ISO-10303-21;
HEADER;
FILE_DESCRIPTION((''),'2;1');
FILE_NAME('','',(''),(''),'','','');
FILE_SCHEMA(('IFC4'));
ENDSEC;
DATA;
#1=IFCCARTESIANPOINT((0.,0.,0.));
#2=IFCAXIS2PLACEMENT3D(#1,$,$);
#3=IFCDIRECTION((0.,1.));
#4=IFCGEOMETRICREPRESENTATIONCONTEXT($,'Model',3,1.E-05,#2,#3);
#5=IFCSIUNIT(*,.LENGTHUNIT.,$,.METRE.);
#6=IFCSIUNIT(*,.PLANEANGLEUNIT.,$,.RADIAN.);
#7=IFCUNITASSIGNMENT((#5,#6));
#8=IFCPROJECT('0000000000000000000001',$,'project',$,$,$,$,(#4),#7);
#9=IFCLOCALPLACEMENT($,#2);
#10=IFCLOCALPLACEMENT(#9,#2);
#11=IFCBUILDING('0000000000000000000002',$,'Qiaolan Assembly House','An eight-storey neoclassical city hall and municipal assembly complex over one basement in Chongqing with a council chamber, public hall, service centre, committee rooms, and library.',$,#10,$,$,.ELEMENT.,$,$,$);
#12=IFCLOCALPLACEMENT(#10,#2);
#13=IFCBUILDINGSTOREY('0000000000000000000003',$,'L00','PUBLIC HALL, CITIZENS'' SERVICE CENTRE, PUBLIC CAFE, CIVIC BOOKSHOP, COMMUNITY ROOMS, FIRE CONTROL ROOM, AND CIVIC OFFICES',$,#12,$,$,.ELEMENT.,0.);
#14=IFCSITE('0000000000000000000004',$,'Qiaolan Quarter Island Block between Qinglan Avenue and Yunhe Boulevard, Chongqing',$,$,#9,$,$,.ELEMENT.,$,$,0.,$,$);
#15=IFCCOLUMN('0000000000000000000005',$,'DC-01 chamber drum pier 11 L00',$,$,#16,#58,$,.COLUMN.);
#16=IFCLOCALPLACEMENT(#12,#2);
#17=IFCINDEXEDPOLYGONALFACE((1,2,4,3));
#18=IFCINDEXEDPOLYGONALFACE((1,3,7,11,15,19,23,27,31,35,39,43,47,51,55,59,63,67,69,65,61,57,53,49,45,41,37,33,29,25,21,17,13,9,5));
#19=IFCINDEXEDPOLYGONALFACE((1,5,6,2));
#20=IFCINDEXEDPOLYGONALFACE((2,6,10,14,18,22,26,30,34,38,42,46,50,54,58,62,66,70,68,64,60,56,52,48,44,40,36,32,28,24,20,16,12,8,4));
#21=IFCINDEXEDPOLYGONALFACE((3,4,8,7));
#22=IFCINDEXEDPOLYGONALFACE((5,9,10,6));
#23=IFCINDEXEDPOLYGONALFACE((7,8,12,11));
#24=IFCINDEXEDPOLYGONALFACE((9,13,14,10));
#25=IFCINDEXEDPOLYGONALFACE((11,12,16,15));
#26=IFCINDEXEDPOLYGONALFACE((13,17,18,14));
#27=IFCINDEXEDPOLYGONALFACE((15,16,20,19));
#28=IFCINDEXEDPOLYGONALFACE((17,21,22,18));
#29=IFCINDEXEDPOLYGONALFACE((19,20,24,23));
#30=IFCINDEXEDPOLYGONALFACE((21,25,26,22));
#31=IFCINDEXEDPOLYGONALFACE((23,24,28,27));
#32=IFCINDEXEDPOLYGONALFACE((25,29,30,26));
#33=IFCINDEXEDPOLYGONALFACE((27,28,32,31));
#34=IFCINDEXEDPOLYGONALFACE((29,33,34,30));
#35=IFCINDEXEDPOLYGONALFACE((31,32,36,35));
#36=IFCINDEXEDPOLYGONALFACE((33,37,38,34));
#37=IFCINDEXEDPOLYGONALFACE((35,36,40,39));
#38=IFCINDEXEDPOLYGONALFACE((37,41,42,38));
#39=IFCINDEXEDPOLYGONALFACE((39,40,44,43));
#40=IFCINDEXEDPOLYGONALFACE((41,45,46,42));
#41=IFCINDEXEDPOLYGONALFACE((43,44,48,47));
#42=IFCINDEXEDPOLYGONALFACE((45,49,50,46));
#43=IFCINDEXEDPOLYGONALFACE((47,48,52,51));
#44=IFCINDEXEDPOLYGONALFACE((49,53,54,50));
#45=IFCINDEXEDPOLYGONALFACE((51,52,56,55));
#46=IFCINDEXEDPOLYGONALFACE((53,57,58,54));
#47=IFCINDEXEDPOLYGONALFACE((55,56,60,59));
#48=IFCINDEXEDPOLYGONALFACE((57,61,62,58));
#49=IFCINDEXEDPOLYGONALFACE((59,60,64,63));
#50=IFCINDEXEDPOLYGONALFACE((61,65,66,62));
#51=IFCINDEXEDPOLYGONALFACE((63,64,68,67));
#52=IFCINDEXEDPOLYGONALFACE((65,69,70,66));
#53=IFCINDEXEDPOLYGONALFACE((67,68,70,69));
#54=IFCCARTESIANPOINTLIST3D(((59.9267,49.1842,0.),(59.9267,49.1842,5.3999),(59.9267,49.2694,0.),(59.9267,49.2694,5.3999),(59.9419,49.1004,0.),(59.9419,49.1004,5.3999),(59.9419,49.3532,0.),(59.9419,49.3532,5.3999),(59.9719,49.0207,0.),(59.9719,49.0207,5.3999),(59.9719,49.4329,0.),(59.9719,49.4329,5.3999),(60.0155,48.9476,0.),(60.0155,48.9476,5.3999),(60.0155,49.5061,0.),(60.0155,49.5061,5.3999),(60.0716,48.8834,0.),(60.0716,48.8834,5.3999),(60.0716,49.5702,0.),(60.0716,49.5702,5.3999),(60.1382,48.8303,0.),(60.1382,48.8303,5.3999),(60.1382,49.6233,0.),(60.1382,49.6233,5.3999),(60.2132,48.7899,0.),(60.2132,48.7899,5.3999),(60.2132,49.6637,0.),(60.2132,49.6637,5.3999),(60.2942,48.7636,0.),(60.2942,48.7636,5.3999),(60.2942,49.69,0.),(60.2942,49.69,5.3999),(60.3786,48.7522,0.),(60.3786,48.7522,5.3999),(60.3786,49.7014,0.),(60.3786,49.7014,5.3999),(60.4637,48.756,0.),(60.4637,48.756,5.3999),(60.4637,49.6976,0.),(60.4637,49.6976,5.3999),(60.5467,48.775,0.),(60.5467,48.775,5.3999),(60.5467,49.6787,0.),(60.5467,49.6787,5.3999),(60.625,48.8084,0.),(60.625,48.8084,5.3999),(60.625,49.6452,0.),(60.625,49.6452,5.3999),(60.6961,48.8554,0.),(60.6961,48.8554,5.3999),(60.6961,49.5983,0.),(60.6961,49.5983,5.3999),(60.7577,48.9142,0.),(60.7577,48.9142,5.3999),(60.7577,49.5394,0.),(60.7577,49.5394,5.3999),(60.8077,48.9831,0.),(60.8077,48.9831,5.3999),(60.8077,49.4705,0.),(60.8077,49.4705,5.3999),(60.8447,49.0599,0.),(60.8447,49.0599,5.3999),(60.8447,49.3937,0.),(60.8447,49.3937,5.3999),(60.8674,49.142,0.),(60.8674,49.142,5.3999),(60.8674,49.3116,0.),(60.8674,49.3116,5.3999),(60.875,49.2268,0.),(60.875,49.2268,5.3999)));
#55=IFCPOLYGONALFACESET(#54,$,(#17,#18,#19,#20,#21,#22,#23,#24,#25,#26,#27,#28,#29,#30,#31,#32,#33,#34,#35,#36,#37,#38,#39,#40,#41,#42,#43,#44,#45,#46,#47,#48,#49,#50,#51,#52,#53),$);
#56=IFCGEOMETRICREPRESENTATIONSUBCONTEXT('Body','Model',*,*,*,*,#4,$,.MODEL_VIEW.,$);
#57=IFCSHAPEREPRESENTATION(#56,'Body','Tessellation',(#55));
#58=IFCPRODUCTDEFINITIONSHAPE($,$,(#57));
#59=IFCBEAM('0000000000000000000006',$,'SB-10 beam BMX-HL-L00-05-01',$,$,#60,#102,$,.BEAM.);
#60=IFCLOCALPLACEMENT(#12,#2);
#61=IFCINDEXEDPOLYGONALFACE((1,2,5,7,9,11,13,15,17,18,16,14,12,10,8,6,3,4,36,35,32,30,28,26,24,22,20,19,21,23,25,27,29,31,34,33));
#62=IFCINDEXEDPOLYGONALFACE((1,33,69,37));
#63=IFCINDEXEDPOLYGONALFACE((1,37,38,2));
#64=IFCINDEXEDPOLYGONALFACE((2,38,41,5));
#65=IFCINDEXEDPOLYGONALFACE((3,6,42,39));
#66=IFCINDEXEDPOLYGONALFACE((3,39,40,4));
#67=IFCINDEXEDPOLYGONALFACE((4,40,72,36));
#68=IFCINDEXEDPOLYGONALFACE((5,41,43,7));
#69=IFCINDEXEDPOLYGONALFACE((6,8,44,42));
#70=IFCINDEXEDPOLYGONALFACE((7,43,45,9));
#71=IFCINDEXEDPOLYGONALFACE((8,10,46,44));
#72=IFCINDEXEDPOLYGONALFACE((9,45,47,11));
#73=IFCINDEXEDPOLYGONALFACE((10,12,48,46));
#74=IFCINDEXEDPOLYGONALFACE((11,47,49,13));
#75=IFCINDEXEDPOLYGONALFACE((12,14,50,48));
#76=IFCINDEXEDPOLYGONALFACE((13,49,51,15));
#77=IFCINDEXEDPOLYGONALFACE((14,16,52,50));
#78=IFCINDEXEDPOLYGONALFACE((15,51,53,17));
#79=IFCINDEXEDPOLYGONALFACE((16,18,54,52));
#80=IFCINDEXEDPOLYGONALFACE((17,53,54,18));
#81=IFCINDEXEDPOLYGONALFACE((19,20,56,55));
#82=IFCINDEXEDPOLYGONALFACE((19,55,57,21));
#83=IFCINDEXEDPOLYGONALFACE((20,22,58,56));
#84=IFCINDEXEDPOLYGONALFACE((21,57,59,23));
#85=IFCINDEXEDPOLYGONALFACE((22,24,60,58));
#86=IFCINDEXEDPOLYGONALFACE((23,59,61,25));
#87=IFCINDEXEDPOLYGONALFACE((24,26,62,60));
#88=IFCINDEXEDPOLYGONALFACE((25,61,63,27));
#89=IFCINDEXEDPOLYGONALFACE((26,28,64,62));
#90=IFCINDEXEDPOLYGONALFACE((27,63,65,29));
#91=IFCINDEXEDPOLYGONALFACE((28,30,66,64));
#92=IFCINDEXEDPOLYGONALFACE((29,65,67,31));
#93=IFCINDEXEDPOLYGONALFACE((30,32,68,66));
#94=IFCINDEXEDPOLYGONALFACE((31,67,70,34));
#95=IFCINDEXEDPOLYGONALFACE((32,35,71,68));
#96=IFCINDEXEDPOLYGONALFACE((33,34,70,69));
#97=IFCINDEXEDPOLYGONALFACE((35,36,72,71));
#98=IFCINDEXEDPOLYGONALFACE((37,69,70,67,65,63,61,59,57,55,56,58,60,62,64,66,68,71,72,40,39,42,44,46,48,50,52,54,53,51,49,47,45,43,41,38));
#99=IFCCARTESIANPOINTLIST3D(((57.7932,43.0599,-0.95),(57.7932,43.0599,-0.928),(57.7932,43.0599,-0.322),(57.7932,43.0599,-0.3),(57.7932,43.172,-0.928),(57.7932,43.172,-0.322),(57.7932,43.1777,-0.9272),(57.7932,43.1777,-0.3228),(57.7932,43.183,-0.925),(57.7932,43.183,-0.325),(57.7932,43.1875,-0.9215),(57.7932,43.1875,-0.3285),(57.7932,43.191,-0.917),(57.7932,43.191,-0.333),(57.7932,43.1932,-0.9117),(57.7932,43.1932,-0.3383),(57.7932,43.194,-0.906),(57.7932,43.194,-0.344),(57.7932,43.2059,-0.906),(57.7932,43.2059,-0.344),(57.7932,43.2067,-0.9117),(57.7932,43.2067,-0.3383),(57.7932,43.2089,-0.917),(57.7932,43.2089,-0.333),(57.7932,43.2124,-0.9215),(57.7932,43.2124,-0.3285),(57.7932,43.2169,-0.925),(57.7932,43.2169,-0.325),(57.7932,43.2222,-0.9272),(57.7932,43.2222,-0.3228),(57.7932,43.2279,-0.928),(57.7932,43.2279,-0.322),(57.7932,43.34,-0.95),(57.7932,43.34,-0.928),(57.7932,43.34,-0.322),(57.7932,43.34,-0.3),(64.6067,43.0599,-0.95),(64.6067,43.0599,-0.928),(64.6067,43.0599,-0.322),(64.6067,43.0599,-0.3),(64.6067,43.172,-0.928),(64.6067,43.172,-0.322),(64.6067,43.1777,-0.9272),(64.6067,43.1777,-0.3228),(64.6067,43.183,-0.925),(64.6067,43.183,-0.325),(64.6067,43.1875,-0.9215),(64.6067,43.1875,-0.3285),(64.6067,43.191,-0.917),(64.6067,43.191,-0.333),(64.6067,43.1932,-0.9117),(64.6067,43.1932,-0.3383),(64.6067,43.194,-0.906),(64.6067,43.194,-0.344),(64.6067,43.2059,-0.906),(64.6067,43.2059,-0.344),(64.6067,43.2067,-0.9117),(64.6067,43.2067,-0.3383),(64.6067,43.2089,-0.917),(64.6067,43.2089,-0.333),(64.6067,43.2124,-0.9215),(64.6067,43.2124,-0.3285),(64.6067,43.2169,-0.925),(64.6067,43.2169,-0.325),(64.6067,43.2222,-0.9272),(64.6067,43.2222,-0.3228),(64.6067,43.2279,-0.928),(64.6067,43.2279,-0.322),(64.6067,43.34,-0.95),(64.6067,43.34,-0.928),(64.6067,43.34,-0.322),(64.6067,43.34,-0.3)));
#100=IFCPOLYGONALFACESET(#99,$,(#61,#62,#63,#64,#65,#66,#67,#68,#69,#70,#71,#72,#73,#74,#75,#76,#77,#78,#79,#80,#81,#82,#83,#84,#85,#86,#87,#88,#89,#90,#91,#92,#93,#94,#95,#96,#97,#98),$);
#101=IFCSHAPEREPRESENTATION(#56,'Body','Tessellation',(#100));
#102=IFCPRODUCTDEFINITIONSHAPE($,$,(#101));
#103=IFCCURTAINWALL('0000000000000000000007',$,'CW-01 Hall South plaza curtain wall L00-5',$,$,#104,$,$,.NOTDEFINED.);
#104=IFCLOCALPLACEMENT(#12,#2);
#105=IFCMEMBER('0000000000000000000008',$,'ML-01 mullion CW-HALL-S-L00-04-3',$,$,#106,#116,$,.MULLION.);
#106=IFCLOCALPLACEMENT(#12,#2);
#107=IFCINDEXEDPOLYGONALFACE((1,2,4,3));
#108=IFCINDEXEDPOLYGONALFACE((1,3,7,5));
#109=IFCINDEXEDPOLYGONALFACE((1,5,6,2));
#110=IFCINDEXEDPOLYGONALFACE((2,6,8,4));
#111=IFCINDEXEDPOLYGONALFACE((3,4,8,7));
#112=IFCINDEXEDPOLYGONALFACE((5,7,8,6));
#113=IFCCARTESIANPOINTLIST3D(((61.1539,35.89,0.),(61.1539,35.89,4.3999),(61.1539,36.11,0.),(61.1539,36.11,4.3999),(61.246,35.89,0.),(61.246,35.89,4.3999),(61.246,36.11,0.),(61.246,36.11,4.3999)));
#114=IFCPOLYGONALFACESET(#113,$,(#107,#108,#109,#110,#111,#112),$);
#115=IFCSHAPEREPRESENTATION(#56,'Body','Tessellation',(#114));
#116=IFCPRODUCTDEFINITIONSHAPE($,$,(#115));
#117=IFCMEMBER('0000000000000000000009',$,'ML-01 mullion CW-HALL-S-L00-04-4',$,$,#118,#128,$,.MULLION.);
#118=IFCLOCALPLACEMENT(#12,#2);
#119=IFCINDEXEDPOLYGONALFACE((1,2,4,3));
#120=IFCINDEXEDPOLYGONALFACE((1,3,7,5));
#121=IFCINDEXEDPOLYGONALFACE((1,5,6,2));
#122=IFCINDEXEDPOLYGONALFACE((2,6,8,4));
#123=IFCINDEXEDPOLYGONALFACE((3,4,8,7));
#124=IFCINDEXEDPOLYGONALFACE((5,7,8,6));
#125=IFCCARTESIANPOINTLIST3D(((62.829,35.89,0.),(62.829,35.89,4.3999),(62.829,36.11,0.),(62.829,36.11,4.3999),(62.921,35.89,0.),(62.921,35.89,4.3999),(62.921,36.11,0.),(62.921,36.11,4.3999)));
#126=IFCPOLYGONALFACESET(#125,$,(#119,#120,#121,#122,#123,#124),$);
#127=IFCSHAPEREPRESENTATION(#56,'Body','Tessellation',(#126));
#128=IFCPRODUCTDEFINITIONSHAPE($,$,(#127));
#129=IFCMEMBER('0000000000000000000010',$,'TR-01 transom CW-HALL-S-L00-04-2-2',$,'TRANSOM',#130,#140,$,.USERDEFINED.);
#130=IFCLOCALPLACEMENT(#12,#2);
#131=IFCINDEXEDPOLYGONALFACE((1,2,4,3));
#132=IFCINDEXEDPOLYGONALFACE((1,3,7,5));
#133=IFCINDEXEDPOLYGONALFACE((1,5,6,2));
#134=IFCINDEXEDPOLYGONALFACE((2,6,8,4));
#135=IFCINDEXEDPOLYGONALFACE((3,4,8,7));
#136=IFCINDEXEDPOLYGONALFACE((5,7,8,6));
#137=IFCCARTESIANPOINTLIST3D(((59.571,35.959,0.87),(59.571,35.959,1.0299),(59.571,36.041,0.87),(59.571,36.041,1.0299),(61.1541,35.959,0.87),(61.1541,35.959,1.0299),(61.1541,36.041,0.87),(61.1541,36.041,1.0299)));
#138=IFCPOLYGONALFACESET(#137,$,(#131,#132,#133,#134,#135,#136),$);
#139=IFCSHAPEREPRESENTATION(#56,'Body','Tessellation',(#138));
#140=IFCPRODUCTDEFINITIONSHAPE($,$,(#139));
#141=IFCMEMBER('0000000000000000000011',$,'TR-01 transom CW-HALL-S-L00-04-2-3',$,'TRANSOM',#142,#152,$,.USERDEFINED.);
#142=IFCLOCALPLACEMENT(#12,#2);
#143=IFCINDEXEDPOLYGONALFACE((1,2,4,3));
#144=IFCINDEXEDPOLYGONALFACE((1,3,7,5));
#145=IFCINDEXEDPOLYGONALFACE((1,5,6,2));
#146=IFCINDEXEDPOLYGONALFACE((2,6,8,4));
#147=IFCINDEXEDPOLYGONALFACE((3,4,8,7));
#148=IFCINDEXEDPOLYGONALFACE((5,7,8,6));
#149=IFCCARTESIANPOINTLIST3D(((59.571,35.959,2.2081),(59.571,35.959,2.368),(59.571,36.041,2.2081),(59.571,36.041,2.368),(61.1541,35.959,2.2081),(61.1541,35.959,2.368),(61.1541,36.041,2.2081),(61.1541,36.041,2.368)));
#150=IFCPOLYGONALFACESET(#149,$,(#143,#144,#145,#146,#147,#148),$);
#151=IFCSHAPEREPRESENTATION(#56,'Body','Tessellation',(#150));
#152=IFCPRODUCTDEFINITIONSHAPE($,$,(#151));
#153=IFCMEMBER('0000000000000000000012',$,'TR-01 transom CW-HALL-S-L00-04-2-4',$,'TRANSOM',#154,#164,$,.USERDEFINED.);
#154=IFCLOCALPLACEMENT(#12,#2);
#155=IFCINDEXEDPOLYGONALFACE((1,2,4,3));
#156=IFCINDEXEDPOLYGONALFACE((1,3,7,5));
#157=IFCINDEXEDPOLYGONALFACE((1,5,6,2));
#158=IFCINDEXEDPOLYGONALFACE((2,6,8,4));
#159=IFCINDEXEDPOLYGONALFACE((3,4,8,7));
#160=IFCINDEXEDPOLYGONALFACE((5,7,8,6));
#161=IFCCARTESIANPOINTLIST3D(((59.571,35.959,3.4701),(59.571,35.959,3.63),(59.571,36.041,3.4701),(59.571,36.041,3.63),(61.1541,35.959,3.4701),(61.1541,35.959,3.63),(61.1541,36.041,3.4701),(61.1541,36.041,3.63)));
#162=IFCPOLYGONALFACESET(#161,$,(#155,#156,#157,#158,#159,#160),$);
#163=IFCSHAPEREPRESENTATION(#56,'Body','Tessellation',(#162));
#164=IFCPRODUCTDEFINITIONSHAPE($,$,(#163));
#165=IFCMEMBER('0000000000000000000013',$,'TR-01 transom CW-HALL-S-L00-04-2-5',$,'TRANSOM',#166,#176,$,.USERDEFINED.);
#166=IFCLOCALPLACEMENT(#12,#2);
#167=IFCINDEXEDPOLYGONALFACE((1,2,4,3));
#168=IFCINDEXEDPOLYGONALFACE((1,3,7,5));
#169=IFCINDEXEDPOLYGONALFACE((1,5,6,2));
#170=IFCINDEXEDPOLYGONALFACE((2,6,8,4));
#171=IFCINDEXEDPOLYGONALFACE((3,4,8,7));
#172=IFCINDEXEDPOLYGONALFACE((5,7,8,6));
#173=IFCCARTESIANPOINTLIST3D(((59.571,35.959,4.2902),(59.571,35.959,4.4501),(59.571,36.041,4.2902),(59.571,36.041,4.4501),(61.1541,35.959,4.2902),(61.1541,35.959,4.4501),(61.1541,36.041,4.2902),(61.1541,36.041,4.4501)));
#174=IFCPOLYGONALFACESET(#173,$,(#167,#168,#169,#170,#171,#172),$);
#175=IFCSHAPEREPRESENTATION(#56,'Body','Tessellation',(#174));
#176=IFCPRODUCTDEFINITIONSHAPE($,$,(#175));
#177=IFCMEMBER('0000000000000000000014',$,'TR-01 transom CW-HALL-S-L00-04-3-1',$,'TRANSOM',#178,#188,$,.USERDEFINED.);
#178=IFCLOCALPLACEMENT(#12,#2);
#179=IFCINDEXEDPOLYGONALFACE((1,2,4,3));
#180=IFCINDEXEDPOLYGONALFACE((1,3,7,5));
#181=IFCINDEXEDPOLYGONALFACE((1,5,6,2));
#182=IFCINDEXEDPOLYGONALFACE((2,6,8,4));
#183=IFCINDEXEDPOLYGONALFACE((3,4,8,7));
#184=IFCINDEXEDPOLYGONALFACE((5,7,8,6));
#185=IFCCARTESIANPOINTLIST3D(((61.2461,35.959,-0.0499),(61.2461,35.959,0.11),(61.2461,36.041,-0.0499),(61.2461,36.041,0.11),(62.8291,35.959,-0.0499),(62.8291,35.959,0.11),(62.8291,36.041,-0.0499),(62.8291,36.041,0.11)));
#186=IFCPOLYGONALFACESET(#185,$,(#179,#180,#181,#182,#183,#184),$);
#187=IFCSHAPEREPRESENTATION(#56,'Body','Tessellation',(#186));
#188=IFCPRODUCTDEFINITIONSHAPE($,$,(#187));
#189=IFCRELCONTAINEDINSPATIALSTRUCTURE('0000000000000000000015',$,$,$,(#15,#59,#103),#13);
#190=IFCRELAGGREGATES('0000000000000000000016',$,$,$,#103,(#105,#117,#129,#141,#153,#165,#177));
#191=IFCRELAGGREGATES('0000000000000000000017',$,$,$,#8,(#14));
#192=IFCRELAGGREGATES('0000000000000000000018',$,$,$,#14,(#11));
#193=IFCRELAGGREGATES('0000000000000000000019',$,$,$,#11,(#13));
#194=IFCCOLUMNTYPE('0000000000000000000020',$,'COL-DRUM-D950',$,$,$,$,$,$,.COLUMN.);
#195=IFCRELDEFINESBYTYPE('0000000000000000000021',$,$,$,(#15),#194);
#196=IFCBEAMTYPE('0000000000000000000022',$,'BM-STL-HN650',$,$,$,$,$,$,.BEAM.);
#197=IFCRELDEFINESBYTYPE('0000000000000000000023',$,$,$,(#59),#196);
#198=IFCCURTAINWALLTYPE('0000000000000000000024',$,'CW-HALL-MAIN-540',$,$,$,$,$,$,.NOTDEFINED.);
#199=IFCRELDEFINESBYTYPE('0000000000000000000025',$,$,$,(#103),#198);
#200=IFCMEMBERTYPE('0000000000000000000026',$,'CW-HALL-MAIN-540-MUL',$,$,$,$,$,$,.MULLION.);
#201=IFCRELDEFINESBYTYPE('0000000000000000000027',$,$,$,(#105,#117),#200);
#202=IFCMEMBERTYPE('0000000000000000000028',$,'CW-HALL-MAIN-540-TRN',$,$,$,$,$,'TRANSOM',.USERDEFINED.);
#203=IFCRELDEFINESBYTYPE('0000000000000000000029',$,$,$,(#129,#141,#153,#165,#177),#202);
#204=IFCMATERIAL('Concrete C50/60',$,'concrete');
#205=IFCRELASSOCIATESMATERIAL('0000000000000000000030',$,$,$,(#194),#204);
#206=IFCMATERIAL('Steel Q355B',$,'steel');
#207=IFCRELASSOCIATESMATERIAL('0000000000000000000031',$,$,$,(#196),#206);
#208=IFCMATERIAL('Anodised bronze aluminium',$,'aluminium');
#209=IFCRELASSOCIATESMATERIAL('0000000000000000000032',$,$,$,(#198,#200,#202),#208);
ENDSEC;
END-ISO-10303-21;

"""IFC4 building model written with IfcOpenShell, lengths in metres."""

from ifc_helpers import new_model, si_unit, direction, frame, origin, origin_2d, place, context, subcontext, project, spatial, rectangle, circle, i_section, extrude, material, material_profile, profile_set, type_object, element, aggregate, save


model = new_model("IFC4")

# Units and contexts
model_context = context("Model", 3, precision=1e-05, world=origin(), true_north=direction((0.0, 1.0)))
body_context = subcontext(model_context, "Body", "Model", "MODEL_VIEW")
ifc_project = project(units=[si_unit("LENGTHUNIT", "METRE"), si_unit("PLANEANGLEUNIT", "RADIAN")], contexts=[model_context])

# Site, building, storey
site_placement = place(None, origin())
site = spatial("IfcSite", under=ifc_project, at=site_placement, Name="Qiaolan Quarter Island Block between Qinglan Avenue and Yunhe Boulevard, Chongqing", CompositionType="ELEMENT", RefElevation=0.0)
building_placement = place(site_placement, origin())
building = spatial("IfcBuilding", under=site, at=building_placement, Name="Qiaolan Assembly House", Description="An eight-storey neoclassical city hall and municipal assembly complex over one basement in Chongqing with a council chamber, public hall, service centre, committee rooms, and library.", CompositionType="ELEMENT")
storey_placement = place(building_placement, origin())
storey = spatial("IfcBuildingStorey", under=building, at=storey_placement, Name="L00", Description="PUBLIC HALL, CITIZENS' SERVICE CENTRE, PUBLIC CAFE, CIVIC BOOKSHOP, COMMUNITY ROOMS, FIRE CONTROL ROOM, AND CIVIC OFFICES", CompositionType="ELEMENT", Elevation=0.0)

# Column
ifc_material_1 = material(Name="Concrete C50/60", Category="concrete")
ifc_material_profile_1 = material_profile(ifc_material_1, circle(Radius=0.4751, at=origin_2d()), Name="CIRC D950")
ifc_profile_set_1 = profile_set([ifc_material_profile_1], Name="Concrete C50/60")
column_type = type_object("IfcColumnType", Name="COL-DRUM-D950", PredefinedType="COLUMN", material=ifc_profile_set_1)
column_placement = place(storey_placement, frame((60.3999, 49.2268, 0.0), z_axis=(0.0, 0.0, 1.0), x_axis=(1.0, 0.0, 0.0)))
element("IfcColumn", 1, at=column_placement, inside=storey, type_object=column_type, Name="DC-01 chamber drum pier 11 L00", PredefinedType="COLUMN", context=body_context, shape_type="SweptSolid", body=[
    extrude(circle(Radius=0.4751, at=origin_2d()), origin(), (0.0, 0.0, 1.0), 5.3999),
])

# Beam
ifc_material_2 = material(Name="Steel Q355B", Category="steel")
ifc_material_profile_2 = material_profile(ifc_material_2, i_section(OverallWidth=0.28, OverallDepth=0.6499, WebThickness=0.012, FlangeThickness=0.022, FilletRadius=0.022, at=origin_2d()), Name="HN 650x280x12x22")
ifc_profile_set_2 = profile_set([ifc_material_profile_2], Name="Steel Q355B")
beam_type_1 = type_object("IfcBeamType", Name="BM-STL-HN650", PredefinedType="BEAM", material=ifc_profile_set_2)
beam_placement = place(storey_placement, frame((57.7932, 43.2, -0.625), z_axis=(1.0, 0.0, 0.0), x_axis=(0.0, 1.0, 0.0)))
element("IfcBeam", 2, at=beam_placement, inside=storey, type_object=beam_type_1, Name="SB-10 beam BMX-HL-L00-05-01", PredefinedType="BEAM", context=body_context, shape_type="SweptSolid", body=[
    extrude(i_section(OverallWidth=0.28, OverallDepth=0.6499, WebThickness=0.012, FlangeThickness=0.022, FilletRadius=0.022, at=origin_2d()), origin(), (0.0, 0.0, 1.0), 6.8135),
])

# Curtain wall, members
ifc_material_3 = material(Name="Anodised bronze aluminium", Category="aluminium")
curtain_wall_type = type_object("IfcCurtainWallType", Name="CW-HALL-MAIN-540", PredefinedType="NOTDEFINED", material=ifc_material_3)
curtain_wall_placement = place(storey_placement, origin())
curtain_wall = element("IfcCurtainWall", 3, at=curtain_wall_placement, inside=storey, type_object=curtain_wall_type, Name="CW-01 Hall South plaza curtain wall L00-5", PredefinedType="NOTDEFINED")
ifc_material_profile_3 = material_profile(ifc_material_3, rectangle(XDim=0.092, YDim=0.22, at=origin_2d()), Name="MUL 92x220")
ifc_profile_set_3 = profile_set([ifc_material_profile_3], Name="Anodised bronze aluminium")
member_type_1 = type_object("IfcMemberType", Name="CW-HALL-MAIN-540-MUL", PredefinedType="MULLION", material=ifc_profile_set_3)
member_1_placement = place(storey_placement, frame((61.2, 36.0, 0.0), z_axis=(0.0, 0.0, 1.0), x_axis=(1.0, 0.0, 0.0)))
member_1 = element("IfcMember", 4, at=member_1_placement, type_object=member_type_1, Name="ML-01 mullion CW-HALL-S-L00-04-3", PredefinedType="MULLION", context=body_context, shape_type="SweptSolid", body=[
    extrude(rectangle(XDim=0.092, YDim=0.22, at=origin_2d()), origin(), (0.0, 0.0, 1.0), 4.3999),
])
member_2_placement = place(storey_placement, frame((62.875, 36.0, 0.0), z_axis=(0.0, 0.0, 1.0), x_axis=(1.0, 0.0, 0.0)))
member_2 = element("IfcMember", 5, at=member_2_placement, type_object=member_type_1, Name="ML-01 mullion CW-HALL-S-L00-04-4", PredefinedType="MULLION", context=body_context, shape_type="SweptSolid", body=[
    extrude(rectangle(XDim=0.092, YDim=0.22, at=origin_2d()), origin(), (0.0, 0.0, 1.0), 4.3999),
])
ifc_material_profile_4 = material_profile(ifc_material_3, rectangle(XDim=0.082, YDim=0.1599, at=origin_2d()), Name="TRN 82x160")
ifc_profile_set_4 = profile_set([ifc_material_profile_4], Name="Anodised bronze aluminium")
member_type_2 = type_object("IfcMemberType", Name="CW-HALL-MAIN-540-TRN", ElementType="TRANSOM", PredefinedType="USERDEFINED", material=ifc_profile_set_4)
member_3_placement = place(storey_placement, frame((59.571, 36.0, 0.95), z_axis=(1.0, 0.0, 0.0), x_axis=(0.0, 1.0, 0.0)))
member_3 = element("IfcMember", 6, at=member_3_placement, type_object=member_type_2, Name="TR-01 transom CW-HALL-S-L00-04-2-2", ObjectType="TRANSOM", PredefinedType="USERDEFINED", context=body_context, shape_type="SweptSolid", body=[
    extrude(rectangle(XDim=0.082, YDim=0.1599, at=origin_2d()), origin(), (0.0, 0.0, 1.0), 1.583),
])
member_4_placement = place(storey_placement, frame((59.571, 36.0, 2.2881), z_axis=(1.0, 0.0, 0.0), x_axis=(0.0, 1.0, 0.0)))
member_4 = element("IfcMember", 7, at=member_4_placement, type_object=member_type_2, Name="TR-01 transom CW-HALL-S-L00-04-2-3", ObjectType="TRANSOM", PredefinedType="USERDEFINED", context=body_context, shape_type="SweptSolid", body=[
    extrude(rectangle(XDim=0.082, YDim=0.1599, at=origin_2d()), origin(), (0.0, 0.0, 1.0), 1.583),
])
member_5_placement = place(storey_placement, frame((59.571, 36.0, 3.55), z_axis=(1.0, 0.0, 0.0), x_axis=(0.0, 1.0, 0.0)))
member_5 = element("IfcMember", 8, at=member_5_placement, type_object=member_type_2, Name="TR-01 transom CW-HALL-S-L00-04-2-4", ObjectType="TRANSOM", PredefinedType="USERDEFINED", context=body_context, shape_type="SweptSolid", body=[
    extrude(rectangle(XDim=0.082, YDim=0.1599, at=origin_2d()), origin(), (0.0, 0.0, 1.0), 1.583),
])
member_6_placement = place(storey_placement, frame((59.571, 36.0, 4.3701), z_axis=(1.0, 0.0, 0.0), x_axis=(0.0, 1.0, 0.0)))
member_6 = element("IfcMember", 9, at=member_6_placement, type_object=member_type_2, Name="TR-01 transom CW-HALL-S-L00-04-2-5", ObjectType="TRANSOM", PredefinedType="USERDEFINED", context=body_context, shape_type="SweptSolid", body=[
    extrude(rectangle(XDim=0.082, YDim=0.1599, at=origin_2d()), origin(), (0.0, 0.0, 1.0), 1.583),
])
member_7_placement = place(storey_placement, frame((61.2461, 36.0, 0.03), z_axis=(1.0, 0.0, 0.0), x_axis=(0.0, 1.0, 0.0)))
member_7 = element("IfcMember", 10, at=member_7_placement, type_object=member_type_2, Name="TR-01 transom CW-HALL-S-L00-04-3-1", ObjectType="TRANSOM", PredefinedType="USERDEFINED", context=body_context, shape_type="SweptSolid", body=[
    extrude(rectangle(XDim=0.082, YDim=0.1599, at=origin_2d()), origin(), (0.0, 0.0, 1.0), 1.583),
])

aggregate(curtain_wall, [member_1, member_2, member_3, member_4, member_5, member_6, member_7])

save(model, "model.ifc")
